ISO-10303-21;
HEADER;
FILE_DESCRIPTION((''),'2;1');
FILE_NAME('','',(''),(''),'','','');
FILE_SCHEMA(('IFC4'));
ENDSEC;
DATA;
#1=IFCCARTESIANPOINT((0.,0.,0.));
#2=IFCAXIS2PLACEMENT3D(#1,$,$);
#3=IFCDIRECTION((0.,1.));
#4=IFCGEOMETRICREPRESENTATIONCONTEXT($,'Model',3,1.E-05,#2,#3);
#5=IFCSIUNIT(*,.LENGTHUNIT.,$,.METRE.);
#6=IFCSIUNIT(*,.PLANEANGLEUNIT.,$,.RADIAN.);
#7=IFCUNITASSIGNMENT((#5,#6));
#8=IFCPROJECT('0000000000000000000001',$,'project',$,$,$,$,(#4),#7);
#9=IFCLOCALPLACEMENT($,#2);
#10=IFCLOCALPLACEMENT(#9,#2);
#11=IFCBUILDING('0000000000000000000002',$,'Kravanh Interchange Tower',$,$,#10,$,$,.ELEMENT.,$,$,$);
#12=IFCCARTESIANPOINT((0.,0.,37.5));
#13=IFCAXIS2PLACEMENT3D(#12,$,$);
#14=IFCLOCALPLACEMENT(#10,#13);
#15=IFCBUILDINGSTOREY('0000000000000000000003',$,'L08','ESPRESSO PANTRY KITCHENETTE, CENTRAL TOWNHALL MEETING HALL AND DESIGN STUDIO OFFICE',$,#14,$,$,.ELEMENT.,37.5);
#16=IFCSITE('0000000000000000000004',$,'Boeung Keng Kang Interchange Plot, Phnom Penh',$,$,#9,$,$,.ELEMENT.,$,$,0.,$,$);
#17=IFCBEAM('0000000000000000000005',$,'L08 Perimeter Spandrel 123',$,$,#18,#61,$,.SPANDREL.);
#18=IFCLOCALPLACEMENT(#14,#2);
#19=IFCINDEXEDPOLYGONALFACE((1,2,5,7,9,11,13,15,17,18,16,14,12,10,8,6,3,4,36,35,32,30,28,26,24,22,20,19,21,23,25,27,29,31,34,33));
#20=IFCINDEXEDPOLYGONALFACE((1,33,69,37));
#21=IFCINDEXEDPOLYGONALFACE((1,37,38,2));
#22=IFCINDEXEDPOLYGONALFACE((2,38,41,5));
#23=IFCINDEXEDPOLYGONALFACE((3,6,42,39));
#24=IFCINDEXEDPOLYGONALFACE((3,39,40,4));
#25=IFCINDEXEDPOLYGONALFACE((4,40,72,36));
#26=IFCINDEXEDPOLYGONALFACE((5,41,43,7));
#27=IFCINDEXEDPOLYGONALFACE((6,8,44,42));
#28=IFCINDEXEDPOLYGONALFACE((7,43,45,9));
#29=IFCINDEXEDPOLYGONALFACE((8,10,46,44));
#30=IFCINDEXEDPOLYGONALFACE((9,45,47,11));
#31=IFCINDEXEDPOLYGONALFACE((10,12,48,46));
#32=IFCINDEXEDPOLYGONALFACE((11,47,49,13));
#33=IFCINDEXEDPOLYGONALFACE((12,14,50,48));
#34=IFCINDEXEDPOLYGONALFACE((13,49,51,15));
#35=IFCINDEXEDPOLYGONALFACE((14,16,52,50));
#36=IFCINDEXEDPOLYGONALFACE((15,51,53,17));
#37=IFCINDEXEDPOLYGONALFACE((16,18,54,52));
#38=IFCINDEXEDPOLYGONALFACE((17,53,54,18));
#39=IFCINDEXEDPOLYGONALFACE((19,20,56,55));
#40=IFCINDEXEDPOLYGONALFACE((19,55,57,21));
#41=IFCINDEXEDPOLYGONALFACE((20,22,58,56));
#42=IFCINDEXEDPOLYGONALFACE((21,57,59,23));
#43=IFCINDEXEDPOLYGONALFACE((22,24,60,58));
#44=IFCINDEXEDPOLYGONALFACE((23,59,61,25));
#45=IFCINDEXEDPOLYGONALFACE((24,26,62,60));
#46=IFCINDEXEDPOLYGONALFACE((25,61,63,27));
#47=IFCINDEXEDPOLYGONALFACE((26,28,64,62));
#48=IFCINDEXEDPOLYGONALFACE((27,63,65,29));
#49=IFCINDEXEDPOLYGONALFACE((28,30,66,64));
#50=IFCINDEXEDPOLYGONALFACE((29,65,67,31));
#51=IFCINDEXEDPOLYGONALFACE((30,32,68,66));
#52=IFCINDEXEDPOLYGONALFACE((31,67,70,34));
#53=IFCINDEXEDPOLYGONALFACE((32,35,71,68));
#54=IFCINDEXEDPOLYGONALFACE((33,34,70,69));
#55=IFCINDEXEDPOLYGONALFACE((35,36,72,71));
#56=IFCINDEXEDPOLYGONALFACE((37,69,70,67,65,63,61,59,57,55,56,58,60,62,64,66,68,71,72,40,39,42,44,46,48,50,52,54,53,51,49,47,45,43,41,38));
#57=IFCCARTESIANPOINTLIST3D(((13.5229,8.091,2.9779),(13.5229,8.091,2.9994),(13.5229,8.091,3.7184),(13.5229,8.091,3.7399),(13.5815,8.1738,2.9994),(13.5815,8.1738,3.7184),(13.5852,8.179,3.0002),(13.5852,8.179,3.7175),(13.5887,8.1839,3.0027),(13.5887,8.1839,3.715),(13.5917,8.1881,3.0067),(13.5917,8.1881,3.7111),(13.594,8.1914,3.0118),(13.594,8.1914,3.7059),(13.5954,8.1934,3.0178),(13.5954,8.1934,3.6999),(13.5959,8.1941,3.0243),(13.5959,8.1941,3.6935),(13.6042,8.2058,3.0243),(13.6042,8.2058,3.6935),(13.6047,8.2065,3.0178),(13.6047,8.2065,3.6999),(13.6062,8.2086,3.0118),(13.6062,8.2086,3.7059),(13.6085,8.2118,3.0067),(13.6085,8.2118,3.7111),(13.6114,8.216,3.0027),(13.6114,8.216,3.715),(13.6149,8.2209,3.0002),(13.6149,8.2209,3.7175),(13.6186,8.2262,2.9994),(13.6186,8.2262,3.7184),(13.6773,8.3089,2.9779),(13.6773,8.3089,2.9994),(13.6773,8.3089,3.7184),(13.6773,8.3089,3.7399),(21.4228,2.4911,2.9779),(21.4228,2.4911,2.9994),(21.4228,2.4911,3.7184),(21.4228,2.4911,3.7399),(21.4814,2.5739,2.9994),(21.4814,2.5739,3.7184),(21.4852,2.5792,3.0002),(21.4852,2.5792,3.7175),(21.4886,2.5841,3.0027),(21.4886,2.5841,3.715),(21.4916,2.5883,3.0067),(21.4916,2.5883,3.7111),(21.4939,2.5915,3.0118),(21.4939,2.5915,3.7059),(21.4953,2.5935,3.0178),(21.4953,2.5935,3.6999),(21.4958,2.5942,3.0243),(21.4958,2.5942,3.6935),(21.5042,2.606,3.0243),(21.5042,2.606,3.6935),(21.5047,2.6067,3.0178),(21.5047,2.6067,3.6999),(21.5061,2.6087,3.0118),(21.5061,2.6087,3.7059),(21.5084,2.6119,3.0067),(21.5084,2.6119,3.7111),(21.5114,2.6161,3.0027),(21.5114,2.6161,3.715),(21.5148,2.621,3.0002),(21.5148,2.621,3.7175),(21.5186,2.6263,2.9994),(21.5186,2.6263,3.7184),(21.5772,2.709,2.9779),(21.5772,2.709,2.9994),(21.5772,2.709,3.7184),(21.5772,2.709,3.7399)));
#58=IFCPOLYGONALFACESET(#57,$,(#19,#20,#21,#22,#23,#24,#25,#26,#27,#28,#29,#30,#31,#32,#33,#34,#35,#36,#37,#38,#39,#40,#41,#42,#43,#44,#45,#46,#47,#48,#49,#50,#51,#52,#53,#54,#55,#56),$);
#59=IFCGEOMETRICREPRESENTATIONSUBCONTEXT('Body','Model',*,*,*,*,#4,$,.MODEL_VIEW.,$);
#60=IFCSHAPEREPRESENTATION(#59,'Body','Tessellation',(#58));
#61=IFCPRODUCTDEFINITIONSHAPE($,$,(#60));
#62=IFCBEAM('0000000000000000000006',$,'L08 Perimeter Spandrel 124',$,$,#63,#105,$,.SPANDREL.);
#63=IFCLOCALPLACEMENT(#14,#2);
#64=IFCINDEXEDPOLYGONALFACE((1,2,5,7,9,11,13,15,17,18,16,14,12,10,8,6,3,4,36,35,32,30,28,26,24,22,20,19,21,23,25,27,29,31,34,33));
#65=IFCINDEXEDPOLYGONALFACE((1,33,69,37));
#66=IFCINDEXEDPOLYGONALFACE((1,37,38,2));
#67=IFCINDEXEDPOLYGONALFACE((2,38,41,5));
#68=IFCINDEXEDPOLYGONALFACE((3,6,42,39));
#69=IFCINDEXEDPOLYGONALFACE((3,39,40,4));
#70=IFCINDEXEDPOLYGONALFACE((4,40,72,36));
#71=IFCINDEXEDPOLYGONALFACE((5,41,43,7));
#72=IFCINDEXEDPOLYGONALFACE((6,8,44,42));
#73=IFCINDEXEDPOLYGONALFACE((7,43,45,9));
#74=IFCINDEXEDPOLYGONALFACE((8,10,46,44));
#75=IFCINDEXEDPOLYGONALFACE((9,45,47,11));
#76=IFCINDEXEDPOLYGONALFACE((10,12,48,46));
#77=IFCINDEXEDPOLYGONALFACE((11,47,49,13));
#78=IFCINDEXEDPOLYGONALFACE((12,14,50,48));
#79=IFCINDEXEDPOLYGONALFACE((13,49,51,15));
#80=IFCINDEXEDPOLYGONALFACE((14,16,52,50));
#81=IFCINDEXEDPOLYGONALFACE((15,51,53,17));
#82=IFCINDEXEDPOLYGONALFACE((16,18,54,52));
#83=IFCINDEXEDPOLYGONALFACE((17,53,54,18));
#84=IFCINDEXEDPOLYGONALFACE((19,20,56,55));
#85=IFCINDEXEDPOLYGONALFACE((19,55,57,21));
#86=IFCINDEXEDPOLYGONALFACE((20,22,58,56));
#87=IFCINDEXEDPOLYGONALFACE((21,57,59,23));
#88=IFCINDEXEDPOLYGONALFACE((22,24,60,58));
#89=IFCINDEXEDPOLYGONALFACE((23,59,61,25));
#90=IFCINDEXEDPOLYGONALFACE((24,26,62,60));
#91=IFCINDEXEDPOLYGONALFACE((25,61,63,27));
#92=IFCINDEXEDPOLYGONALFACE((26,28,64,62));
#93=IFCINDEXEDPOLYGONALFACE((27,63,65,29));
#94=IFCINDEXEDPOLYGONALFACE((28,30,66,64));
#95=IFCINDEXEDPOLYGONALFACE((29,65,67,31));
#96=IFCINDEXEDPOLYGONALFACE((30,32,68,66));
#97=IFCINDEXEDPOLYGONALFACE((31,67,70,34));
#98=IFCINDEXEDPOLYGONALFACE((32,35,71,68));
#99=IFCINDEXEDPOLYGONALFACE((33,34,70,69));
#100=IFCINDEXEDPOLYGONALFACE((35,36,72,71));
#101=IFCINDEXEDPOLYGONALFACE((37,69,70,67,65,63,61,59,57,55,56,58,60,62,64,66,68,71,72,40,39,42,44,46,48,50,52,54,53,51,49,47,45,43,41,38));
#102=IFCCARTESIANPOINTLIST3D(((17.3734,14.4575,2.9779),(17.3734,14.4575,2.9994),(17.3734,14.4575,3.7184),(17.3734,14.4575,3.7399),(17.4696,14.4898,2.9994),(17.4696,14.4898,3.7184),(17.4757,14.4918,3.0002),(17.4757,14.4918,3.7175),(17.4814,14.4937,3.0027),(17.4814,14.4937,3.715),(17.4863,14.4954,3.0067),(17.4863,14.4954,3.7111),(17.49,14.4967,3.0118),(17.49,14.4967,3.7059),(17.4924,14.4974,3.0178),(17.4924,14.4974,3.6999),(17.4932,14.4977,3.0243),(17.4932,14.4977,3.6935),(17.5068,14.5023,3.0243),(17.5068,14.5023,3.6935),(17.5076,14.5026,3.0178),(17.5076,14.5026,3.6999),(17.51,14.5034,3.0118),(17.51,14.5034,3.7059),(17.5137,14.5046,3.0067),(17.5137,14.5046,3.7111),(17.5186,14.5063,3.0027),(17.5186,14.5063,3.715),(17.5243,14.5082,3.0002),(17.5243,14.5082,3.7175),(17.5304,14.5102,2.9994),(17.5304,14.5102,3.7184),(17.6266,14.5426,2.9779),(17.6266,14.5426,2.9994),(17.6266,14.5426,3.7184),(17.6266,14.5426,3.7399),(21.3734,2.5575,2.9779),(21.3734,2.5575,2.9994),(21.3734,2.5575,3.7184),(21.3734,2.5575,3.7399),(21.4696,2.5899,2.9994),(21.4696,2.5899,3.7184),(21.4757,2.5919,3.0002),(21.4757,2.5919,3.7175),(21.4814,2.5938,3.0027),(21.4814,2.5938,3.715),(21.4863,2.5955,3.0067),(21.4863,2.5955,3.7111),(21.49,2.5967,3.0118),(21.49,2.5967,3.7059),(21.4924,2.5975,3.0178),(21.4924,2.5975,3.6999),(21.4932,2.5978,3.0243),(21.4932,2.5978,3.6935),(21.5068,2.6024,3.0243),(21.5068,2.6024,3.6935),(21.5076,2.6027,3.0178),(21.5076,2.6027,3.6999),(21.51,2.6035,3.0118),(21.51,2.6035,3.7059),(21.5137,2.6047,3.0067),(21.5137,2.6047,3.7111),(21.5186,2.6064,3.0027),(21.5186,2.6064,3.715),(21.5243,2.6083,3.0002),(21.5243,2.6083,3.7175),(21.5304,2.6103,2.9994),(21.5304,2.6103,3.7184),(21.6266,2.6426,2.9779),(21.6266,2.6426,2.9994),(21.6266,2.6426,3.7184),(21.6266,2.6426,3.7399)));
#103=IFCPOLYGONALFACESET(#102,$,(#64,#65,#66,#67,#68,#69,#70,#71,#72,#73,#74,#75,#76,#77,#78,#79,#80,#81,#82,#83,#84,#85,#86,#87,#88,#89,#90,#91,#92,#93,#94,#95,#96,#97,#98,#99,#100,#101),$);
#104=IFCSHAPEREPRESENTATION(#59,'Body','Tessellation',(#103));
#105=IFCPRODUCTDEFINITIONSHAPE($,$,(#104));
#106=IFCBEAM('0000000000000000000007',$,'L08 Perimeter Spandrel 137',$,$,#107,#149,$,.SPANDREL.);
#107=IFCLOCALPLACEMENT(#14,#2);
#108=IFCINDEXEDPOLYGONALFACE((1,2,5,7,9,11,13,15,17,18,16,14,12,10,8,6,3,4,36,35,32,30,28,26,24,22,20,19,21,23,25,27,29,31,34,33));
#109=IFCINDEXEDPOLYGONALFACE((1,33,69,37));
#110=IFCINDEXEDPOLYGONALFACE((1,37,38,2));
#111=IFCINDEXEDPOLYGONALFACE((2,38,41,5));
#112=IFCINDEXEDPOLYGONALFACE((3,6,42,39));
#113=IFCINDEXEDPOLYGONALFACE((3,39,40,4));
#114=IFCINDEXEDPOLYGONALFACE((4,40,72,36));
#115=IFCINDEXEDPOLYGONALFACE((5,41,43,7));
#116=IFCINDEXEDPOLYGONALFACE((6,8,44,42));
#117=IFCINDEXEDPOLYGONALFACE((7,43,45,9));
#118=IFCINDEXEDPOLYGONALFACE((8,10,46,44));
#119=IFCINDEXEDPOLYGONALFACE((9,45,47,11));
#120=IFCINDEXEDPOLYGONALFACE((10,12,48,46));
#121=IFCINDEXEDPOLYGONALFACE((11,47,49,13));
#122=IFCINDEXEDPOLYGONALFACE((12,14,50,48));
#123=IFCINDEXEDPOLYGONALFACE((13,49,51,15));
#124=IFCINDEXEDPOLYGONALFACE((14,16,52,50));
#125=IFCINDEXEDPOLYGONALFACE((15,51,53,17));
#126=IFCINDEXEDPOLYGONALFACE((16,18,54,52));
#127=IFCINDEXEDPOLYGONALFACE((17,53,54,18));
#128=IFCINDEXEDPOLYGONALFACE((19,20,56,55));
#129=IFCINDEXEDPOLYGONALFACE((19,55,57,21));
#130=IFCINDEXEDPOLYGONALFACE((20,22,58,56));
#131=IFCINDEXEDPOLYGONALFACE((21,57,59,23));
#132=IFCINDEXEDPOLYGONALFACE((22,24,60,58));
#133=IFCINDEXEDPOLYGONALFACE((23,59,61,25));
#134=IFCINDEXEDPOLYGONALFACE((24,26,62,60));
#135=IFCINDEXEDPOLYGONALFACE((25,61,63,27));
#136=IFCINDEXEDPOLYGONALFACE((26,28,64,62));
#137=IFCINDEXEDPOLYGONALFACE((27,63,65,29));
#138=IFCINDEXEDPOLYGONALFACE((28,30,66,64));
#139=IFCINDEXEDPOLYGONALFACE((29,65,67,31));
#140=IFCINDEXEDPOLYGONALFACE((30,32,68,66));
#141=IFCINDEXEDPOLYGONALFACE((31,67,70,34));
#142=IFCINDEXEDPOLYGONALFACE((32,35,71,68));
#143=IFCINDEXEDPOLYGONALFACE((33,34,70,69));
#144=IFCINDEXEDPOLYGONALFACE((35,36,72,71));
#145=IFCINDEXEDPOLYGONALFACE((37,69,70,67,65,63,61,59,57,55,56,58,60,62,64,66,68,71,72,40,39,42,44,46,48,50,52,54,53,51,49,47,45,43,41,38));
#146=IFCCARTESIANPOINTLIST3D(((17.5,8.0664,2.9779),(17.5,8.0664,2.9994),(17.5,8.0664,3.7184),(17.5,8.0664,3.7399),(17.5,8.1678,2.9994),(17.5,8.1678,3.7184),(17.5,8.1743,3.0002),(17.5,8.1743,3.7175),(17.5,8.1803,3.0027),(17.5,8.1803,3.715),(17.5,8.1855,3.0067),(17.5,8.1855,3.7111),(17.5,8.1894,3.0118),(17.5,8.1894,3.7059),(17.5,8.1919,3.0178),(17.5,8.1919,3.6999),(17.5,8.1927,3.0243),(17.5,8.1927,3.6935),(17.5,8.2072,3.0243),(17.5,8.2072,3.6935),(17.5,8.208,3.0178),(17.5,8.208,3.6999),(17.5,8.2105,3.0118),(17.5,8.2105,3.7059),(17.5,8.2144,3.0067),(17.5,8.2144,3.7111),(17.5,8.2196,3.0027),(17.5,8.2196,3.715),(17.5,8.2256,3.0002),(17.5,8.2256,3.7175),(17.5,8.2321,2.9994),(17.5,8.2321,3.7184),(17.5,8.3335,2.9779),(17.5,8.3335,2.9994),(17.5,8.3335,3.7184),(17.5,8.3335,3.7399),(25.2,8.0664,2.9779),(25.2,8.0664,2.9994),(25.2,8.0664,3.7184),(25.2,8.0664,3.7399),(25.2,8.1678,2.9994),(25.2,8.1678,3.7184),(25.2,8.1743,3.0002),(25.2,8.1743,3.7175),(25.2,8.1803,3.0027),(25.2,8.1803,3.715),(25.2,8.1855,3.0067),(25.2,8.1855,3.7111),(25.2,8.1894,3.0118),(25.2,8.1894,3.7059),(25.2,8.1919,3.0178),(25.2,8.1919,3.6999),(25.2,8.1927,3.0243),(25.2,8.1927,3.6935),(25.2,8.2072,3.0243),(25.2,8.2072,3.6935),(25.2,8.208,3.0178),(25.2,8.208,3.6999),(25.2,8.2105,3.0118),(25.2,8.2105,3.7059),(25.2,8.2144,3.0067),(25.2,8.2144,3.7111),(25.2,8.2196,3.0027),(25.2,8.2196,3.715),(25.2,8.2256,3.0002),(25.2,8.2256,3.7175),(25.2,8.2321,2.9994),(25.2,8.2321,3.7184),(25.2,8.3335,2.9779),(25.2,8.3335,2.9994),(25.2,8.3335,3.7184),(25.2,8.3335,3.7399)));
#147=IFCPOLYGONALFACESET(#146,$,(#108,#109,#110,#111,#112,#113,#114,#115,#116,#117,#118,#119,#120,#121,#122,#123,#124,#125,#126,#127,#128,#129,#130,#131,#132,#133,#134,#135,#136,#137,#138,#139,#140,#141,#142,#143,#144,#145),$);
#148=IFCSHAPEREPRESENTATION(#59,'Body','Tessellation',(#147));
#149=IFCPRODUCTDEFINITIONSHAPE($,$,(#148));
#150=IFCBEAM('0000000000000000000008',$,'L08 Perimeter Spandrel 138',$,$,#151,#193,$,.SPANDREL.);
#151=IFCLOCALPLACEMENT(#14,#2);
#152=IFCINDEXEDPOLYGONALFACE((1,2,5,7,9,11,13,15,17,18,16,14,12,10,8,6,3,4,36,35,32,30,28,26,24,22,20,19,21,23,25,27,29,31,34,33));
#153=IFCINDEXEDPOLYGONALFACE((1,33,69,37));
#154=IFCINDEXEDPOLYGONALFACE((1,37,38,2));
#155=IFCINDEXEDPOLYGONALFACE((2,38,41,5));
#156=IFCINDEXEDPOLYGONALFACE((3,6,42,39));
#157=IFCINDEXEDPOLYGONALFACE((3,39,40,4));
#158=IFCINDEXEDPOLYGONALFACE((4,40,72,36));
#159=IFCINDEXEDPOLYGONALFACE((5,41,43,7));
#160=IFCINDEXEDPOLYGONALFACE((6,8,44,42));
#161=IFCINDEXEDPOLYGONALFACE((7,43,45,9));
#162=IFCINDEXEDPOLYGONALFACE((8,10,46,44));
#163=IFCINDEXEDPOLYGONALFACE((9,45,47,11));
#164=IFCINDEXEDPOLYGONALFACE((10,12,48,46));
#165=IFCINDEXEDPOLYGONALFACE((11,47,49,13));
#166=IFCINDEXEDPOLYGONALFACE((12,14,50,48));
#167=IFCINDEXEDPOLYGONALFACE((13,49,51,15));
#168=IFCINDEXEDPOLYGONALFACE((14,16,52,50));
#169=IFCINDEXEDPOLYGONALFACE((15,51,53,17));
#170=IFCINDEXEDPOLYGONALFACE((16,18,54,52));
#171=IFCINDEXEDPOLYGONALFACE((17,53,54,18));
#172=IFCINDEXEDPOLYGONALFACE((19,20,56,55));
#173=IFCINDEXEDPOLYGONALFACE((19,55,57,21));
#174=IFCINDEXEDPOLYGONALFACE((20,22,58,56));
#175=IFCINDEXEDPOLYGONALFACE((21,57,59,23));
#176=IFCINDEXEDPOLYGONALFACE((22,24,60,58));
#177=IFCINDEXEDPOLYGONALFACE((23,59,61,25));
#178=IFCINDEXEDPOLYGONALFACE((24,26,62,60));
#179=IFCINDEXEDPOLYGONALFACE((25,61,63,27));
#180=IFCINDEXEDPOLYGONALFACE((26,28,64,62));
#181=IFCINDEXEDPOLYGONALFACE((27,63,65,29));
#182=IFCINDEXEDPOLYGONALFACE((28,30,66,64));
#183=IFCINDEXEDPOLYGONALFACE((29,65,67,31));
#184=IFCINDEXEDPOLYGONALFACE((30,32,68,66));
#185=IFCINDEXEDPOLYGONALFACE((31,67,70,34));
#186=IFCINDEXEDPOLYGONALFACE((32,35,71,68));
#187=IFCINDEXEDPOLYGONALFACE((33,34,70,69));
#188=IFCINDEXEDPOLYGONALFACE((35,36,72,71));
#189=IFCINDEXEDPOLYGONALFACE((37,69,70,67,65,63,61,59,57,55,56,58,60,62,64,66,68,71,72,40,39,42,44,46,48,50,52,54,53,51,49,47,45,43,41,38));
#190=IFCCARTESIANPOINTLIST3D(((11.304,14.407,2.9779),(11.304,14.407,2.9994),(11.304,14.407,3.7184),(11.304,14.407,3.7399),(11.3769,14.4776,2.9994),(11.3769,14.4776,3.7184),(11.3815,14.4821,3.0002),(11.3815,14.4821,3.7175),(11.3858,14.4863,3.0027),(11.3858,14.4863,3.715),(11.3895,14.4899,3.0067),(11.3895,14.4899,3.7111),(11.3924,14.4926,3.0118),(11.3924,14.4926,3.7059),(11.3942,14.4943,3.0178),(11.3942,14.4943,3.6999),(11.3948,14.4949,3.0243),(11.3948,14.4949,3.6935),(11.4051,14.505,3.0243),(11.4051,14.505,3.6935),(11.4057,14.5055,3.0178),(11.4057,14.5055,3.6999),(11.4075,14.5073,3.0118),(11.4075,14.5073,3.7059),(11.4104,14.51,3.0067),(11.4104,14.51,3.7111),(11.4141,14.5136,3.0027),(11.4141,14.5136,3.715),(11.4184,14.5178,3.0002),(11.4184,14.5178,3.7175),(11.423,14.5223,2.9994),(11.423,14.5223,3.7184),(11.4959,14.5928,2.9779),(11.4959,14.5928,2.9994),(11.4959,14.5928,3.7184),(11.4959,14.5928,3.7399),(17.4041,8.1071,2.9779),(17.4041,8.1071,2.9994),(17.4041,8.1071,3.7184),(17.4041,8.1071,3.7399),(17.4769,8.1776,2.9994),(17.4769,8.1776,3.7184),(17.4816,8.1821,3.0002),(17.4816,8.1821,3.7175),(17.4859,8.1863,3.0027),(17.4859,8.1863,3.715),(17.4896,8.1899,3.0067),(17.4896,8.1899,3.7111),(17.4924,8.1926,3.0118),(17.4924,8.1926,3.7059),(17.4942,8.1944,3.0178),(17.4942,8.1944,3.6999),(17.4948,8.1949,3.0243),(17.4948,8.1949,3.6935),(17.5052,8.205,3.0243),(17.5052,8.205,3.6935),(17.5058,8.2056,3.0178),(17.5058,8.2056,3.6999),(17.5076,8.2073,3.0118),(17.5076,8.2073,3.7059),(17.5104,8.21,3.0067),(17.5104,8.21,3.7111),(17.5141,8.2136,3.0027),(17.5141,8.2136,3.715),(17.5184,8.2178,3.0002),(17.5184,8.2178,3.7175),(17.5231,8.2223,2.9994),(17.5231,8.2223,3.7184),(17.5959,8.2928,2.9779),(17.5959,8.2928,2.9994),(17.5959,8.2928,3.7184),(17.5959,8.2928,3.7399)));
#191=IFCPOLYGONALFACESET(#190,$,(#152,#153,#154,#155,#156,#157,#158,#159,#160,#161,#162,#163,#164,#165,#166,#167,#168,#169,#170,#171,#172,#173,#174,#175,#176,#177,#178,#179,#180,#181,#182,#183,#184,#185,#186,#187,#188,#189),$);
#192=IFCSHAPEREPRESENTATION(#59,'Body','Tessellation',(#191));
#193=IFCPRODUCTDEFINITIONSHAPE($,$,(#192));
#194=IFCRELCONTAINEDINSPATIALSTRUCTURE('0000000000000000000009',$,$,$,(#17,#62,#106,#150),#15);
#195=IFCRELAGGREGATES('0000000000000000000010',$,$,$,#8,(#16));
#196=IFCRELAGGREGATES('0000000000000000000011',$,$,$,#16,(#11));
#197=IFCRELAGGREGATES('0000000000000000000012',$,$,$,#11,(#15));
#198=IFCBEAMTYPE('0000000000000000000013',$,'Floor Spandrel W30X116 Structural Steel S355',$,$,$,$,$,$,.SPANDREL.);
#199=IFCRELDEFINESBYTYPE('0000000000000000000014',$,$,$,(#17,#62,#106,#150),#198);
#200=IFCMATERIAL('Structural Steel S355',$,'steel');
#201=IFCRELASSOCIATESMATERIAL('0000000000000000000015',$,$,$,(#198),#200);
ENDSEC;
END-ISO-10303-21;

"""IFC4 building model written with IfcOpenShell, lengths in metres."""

from ifc_helpers import new_model, si_unit, direction, frame, origin, origin_2d, place, context, subcontext, project, spatial, i_section, extrude, material, material_profile, profile_set, type_object, element, save


model = new_model("IFC4")

# Units and contexts
model_context = context("Model", 3, precision=1e-05, world=origin(), true_north=direction((0.0, 1.0)))
body_context = subcontext(model_context, "Body", "Model", "MODEL_VIEW")
ifc_project = project(units=[si_unit("LENGTHUNIT", "METRE"), si_unit("PLANEANGLEUNIT", "RADIAN")], contexts=[model_context])

# Site, building, storey
site_placement = place(None, origin())
site = spatial("IfcSite", under=ifc_project, at=site_placement, Name="Boeung Keng Kang Interchange Plot, Phnom Penh", CompositionType="ELEMENT", RefElevation=0.0)
building_placement = place(site_placement, origin())
building = spatial("IfcBuilding", under=site, at=building_placement, Name="Kravanh Interchange Tower", CompositionType="ELEMENT")
storey_placement = place(building_placement, frame((0.0, 0.0, 37.5)))
storey = spatial("IfcBuildingStorey", under=building, at=storey_placement, Name="L08", Description="ESPRESSO PANTRY KITCHENETTE, CENTRAL TOWNHALL MEETING HALL AND DESIGN STUDIO OFFICE", CompositionType="ELEMENT", Elevation=37.5)

# Beams
ifc_material_1 = material(Name="Structural Steel S355", Category="steel")
ifc_material_profile_1 = material_profile(ifc_material_1, i_section(OverallWidth=0.2671, OverallDepth=0.762, WebThickness=0.0144, FlangeThickness=0.0215, FilletRadius=0.0249, at=origin_2d()), Name="W30X116")
ifc_profile_set_1 = profile_set([ifc_material_profile_1], Name="Structural Steel S355")
beam_type_1 = type_object("IfcBeamType", Name="Floor Spandrel W30X116 Structural Steel S355", PredefinedType="SPANDREL", material=ifc_profile_set_1)
beam_1_placement = place(storey_placement, frame((21.5, 2.6001, 3.3589), z_axis=(-0.815825, 0.578299, 0.0), x_axis=(-0.578299, -0.815825, 0.0)))
element("IfcBeam", 1, at=beam_1_placement, inside=storey, type_object=beam_type_1, Name="L08 Perimeter Spandrel 123", PredefinedType="SPANDREL", context=body_context, shape_type="SweptSolid", body=[
    extrude(i_section(OverallWidth=0.2671, OverallDepth=0.762, WebThickness=0.0144, FlangeThickness=0.0215, FilletRadius=0.0249, at=origin_2d()), origin(), (0.0, 0.0, 1.0), 9.6833),
])
beam_2_placement = place(storey_placement, frame((21.5, 2.6001, 3.3589), z_axis=(-0.318619, 0.947883, 0.0), x_axis=(-0.947883, -0.318619, 0.0)))
element("IfcBeam", 2, at=beam_2_placement, inside=storey, type_object=beam_type_1, Name="L08 Perimeter Spandrel 124", PredefinedType="SPANDREL", context=body_context, shape_type="SweptSolid", body=[
    extrude(i_section(OverallWidth=0.2671, OverallDepth=0.762, WebThickness=0.0144, FlangeThickness=0.0215, FilletRadius=0.0249, at=origin_2d()), origin(), (0.0, 0.0, 1.0), 12.5542),
])
beam_3_placement = place(storey_placement, frame((17.5, 8.2, 3.3589), z_axis=(1.0, 0.0, 0.0), x_axis=(0.0, 1.0, 0.0)))
element("IfcBeam", 3, at=beam_3_placement, inside=storey, type_object=beam_type_1, Name="L08 Perimeter Spandrel 137", PredefinedType="SPANDREL", context=body_context, shape_type="SweptSolid", body=[
    extrude(i_section(OverallWidth=0.2671, OverallDepth=0.762, WebThickness=0.0144, FlangeThickness=0.0215, FilletRadius=0.0249, at=origin_2d()), origin(), (0.0, 0.0, 1.0), 7.7),
])
beam_4_placement = place(storey_placement, frame((17.5, 8.2, 3.3589), z_axis=(-0.695614, 0.718415, 0.0), x_axis=(-0.718415, -0.695614, 0.0)))
element("IfcBeam", 4, at=beam_4_placement, inside=storey, type_object=beam_type_1, Name="L08 Perimeter Spandrel 138", PredefinedType="SPANDREL", context=body_context, shape_type="SweptSolid", body=[
    extrude(i_section(OverallWidth=0.2671, OverallDepth=0.762, WebThickness=0.0144, FlangeThickness=0.0215, FilletRadius=0.0249, at=origin_2d()), origin(), (0.0, 0.0, 1.0), 8.7693),
])

save(model, "model.ifc")
